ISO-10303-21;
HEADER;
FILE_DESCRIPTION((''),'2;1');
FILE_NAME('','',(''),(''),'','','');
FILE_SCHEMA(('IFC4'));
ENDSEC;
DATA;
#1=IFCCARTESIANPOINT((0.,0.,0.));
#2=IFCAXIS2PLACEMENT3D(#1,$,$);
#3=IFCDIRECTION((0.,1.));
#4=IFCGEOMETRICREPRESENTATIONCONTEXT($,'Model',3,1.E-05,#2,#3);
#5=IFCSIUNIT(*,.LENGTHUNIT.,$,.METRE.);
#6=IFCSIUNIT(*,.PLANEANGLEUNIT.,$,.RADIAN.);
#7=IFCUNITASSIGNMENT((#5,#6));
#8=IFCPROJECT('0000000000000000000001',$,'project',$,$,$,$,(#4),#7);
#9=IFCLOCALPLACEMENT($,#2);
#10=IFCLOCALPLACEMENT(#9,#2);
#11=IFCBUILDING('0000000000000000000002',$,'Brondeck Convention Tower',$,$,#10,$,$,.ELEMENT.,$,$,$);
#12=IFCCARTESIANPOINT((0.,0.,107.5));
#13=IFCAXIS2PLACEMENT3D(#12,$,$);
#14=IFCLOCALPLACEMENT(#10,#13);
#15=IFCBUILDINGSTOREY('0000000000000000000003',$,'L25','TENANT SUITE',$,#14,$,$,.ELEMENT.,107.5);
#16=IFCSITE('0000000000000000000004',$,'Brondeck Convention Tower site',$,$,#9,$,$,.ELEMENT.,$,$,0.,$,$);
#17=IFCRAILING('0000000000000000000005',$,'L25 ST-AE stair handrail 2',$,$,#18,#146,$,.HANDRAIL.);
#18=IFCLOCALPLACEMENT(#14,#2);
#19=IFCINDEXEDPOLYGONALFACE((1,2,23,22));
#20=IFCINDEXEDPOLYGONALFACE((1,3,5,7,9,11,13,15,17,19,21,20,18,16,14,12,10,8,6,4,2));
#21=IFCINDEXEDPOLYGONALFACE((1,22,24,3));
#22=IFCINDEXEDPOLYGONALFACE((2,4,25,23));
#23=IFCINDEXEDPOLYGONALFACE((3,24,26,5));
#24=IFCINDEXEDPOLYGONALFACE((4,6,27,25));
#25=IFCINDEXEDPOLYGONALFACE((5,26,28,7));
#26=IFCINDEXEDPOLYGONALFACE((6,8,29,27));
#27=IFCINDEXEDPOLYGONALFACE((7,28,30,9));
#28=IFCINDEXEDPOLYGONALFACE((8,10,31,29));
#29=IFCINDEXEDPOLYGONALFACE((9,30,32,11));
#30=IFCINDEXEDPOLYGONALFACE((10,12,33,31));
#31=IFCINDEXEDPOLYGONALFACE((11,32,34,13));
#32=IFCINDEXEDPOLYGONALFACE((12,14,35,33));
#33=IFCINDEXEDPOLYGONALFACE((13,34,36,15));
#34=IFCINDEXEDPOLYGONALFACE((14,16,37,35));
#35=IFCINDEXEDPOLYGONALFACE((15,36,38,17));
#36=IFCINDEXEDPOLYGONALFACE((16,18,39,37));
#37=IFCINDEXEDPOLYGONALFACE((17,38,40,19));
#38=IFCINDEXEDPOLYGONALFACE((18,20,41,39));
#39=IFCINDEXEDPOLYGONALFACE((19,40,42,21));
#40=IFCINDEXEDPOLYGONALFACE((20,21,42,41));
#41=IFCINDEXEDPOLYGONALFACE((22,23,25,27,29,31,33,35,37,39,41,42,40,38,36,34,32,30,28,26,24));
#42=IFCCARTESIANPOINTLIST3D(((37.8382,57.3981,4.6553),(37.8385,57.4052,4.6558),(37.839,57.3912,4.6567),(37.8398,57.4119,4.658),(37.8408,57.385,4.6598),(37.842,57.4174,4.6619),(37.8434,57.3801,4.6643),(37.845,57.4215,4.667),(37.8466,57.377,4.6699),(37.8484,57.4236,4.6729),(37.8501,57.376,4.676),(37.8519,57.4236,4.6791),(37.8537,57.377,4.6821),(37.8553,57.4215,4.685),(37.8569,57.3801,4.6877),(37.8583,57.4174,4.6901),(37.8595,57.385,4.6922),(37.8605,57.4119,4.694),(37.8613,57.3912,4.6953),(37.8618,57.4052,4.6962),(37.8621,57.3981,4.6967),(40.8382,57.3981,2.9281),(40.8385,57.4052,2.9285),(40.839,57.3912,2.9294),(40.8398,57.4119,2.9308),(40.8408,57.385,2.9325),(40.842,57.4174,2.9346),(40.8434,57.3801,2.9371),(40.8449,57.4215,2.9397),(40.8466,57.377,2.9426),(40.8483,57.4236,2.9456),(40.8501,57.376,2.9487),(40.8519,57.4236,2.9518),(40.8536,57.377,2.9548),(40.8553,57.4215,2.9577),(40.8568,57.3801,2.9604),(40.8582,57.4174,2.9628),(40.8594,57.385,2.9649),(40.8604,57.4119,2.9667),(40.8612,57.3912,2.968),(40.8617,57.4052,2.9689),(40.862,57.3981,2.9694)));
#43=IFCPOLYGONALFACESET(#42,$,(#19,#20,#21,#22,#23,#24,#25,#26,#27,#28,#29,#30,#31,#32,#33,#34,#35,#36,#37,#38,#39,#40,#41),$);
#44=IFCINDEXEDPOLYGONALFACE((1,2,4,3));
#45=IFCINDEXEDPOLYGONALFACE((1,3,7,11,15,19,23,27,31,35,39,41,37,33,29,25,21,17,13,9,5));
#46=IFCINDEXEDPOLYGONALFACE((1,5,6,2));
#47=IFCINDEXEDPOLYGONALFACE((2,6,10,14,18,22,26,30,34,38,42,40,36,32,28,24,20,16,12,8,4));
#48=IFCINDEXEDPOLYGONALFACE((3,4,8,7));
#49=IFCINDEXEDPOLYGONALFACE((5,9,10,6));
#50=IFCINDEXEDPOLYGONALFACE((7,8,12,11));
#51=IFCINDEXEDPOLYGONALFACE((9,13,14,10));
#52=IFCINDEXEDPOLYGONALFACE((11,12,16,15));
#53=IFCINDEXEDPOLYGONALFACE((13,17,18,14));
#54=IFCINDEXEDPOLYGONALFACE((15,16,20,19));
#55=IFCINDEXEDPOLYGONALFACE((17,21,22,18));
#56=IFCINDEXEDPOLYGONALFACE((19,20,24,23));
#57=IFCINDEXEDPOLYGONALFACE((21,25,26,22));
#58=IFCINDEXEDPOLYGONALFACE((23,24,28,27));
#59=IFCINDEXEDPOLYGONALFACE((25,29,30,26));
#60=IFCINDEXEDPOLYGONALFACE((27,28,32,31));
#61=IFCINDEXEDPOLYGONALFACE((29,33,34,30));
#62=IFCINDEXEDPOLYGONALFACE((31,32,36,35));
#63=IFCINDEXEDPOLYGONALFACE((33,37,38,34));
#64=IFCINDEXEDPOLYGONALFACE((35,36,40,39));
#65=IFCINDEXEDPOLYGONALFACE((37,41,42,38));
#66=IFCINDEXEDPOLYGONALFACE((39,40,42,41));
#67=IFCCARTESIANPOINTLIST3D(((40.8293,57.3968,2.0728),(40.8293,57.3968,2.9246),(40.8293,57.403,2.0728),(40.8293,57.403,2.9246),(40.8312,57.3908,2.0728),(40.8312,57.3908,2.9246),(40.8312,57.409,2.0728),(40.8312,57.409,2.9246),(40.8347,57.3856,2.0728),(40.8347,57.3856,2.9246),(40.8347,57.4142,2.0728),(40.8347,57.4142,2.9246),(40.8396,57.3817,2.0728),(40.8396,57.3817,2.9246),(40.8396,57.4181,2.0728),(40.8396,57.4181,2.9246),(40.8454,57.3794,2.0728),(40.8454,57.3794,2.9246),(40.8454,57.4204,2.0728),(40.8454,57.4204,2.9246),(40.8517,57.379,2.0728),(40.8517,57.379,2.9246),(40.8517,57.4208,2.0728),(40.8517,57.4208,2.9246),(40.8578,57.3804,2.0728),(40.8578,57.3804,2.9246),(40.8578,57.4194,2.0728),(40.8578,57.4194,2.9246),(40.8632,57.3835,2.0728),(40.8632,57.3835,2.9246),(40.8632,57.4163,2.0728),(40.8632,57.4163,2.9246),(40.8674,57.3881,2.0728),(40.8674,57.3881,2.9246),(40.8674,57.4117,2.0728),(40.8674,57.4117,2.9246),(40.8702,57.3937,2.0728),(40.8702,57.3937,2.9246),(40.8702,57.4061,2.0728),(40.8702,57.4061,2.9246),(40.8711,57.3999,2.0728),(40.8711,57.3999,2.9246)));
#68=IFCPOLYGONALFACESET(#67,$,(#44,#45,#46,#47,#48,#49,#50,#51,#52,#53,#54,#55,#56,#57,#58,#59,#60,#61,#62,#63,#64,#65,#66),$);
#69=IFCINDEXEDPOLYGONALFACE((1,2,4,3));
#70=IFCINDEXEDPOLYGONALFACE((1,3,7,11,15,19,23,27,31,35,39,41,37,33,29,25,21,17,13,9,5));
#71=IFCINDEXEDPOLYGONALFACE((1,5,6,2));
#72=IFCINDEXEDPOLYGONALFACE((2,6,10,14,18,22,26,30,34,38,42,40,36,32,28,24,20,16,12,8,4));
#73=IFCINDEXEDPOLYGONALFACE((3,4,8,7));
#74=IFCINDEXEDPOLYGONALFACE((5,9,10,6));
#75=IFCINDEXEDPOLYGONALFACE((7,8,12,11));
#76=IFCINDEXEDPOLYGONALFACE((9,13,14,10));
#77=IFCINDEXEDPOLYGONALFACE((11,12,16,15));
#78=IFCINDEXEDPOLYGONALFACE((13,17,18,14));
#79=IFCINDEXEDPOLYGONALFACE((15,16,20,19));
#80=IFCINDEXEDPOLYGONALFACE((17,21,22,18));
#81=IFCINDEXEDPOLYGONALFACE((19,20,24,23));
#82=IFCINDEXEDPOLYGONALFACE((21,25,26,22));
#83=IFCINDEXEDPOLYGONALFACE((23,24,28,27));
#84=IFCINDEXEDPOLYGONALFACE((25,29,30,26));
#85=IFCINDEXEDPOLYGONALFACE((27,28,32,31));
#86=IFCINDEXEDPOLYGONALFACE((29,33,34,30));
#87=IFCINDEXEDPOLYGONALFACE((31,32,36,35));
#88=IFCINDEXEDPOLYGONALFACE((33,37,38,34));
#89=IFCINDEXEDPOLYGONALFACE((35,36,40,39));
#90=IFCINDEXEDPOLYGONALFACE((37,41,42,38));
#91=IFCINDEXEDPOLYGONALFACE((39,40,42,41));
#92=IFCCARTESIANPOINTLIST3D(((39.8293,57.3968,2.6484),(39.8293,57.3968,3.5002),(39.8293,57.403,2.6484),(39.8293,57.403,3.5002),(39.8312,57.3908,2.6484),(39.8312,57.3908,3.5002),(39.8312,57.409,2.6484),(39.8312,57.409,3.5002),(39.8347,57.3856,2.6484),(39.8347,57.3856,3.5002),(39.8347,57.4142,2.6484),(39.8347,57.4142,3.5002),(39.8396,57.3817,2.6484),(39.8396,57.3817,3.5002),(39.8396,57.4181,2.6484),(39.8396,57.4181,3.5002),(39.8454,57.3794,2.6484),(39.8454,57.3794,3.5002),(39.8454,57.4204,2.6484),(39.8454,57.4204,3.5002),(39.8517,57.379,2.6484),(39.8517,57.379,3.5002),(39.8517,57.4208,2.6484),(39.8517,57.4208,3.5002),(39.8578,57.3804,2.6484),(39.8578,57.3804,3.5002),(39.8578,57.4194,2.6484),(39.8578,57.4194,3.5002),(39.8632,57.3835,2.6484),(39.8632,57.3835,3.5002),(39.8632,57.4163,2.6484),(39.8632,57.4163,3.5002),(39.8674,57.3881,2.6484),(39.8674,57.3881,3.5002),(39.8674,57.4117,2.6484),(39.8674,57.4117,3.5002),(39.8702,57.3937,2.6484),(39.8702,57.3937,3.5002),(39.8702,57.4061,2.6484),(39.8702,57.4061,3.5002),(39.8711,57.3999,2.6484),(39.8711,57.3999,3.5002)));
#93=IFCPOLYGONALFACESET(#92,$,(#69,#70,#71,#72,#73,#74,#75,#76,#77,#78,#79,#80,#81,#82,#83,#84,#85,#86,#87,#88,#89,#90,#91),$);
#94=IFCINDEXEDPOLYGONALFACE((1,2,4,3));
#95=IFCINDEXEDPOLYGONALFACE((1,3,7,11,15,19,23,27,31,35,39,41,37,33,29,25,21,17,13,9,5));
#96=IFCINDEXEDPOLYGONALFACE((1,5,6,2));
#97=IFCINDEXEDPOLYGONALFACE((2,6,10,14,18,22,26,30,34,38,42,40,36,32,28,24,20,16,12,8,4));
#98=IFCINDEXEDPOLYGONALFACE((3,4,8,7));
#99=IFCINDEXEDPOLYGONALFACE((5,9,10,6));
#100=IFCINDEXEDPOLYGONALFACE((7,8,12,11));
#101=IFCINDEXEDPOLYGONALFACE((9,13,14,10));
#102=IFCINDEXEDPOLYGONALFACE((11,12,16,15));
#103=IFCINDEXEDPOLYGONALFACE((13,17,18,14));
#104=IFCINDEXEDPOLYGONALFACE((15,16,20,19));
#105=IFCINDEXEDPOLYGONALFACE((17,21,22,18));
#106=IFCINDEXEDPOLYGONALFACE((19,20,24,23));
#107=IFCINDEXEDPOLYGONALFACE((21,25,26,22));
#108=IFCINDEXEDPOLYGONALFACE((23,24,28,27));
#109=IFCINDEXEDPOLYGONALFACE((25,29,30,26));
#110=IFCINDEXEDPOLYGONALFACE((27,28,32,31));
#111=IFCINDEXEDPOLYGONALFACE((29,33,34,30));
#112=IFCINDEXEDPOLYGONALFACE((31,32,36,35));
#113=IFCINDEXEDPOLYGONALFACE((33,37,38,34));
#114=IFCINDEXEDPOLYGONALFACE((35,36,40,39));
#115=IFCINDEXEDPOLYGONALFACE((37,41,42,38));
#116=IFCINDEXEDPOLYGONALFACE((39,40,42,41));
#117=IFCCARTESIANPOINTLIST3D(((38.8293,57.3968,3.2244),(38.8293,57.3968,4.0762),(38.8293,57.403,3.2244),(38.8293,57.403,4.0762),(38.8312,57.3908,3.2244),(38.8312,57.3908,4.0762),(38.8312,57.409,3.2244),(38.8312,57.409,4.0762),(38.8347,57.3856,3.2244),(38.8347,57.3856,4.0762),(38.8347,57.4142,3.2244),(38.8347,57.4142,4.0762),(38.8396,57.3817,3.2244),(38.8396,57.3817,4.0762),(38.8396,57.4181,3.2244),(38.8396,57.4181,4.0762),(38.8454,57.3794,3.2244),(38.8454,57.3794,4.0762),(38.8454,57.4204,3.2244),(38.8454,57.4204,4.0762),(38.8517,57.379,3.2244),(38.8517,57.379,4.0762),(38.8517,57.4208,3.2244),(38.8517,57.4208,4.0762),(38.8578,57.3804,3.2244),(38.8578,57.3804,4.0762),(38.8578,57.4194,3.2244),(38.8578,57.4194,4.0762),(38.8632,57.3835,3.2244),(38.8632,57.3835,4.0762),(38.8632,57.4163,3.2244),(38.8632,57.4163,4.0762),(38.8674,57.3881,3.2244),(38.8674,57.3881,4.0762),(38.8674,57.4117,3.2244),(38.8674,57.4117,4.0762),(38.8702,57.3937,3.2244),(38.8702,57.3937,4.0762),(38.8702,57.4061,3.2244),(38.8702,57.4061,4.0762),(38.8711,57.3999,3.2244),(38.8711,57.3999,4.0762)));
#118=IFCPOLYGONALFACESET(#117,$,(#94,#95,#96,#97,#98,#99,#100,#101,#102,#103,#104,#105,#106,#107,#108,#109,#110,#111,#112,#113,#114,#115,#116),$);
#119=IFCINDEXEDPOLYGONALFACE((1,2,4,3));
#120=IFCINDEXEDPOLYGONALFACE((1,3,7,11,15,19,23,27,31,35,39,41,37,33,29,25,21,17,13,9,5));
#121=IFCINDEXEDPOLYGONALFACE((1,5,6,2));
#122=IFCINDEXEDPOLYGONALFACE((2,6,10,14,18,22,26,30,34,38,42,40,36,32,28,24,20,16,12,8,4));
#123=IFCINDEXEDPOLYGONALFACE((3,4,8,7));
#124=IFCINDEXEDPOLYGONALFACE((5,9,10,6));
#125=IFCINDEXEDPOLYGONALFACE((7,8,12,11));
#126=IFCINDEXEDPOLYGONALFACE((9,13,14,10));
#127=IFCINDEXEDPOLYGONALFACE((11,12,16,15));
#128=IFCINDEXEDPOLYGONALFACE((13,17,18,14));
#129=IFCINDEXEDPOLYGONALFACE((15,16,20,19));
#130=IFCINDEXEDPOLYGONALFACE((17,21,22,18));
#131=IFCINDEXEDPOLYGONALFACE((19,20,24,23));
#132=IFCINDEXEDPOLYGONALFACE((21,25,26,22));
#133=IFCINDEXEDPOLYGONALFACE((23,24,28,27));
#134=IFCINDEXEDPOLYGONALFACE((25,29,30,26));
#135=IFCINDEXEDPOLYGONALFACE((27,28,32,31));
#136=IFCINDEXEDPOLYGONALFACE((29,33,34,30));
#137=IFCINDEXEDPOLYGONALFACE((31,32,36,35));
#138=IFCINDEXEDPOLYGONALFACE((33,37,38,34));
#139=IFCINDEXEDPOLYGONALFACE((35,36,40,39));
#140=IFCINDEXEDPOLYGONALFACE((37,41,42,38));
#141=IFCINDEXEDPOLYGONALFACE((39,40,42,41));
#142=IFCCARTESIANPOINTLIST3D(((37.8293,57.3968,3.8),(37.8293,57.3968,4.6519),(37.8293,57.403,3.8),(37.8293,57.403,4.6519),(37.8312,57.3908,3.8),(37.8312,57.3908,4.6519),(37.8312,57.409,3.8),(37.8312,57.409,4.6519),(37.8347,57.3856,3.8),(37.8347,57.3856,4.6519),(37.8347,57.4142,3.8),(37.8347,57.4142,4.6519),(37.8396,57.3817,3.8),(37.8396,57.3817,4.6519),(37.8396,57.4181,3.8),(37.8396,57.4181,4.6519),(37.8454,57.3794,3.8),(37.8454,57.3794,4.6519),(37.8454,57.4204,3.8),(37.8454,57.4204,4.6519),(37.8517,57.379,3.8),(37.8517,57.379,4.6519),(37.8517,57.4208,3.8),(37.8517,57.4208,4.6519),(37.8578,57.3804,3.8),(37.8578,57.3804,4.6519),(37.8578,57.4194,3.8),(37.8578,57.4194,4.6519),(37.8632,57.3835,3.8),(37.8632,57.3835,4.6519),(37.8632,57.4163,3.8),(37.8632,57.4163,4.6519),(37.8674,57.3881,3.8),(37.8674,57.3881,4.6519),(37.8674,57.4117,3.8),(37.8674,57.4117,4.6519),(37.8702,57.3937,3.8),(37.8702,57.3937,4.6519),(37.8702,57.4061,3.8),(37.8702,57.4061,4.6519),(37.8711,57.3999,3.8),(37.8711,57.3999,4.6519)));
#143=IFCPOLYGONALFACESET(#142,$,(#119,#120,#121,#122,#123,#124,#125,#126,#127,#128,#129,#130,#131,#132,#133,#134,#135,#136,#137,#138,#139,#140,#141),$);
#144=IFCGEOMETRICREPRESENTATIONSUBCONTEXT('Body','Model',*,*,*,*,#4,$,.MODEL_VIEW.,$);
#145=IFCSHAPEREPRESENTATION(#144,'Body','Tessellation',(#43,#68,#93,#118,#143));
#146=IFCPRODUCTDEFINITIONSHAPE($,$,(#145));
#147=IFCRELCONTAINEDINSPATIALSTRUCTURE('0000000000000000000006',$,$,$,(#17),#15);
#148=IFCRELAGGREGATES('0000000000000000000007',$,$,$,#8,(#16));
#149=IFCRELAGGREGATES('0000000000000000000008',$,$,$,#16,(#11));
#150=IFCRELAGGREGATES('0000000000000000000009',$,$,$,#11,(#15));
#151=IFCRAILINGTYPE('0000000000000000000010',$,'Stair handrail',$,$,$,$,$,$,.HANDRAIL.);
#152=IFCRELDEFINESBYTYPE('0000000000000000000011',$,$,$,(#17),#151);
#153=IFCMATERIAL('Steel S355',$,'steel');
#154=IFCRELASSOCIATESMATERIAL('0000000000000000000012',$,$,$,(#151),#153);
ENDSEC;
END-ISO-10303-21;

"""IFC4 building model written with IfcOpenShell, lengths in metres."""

from ifc_helpers import new_model, si_unit, direction, frame, origin, origin_2d, place, context, subcontext, project, spatial, circle, extrude, material, type_object, element, save


model = new_model("IFC4")

# Units and contexts
model_context = context("Model", 3, precision=1e-05, world=origin(), true_north=direction((0.0, 1.0)))
body_context = subcontext(model_context, "Body", "Model", "MODEL_VIEW")
ifc_project = project(units=[si_unit("LENGTHUNIT", "METRE"), si_unit("PLANEANGLEUNIT", "RADIAN")], contexts=[model_context])

# Site, building, storey
site_placement = place(None, origin())
site = spatial("IfcSite", under=ifc_project, at=site_placement, Name="Brondeck Convention Tower site", CompositionType="ELEMENT", RefElevation=0.0)
building_placement = place(site_placement, origin())
building = spatial("IfcBuilding", under=site, at=building_placement, Name="Brondeck Convention Tower", CompositionType="ELEMENT")
storey_placement = place(building_placement, frame((0.0, 0.0, 107.5)))
storey = spatial("IfcBuildingStorey", under=building, at=storey_placement, Name="L25", Description="TENANT SUITE", CompositionType="ELEMENT", Elevation=107.5)

# Shared definitions
ifc_material_1 = material(Name="Steel S355", Category="steel")

# Railing
railing_type_1 = type_object("IfcRailingType", Name="Stair handrail", PredefinedType="HANDRAIL", material=ifc_material_1)
railing_1_placement = place(storey_placement, frame((40.8501, 57.3999, 2.0728)))
element("IfcRailing", 1, at=railing_1_placement, inside=storey, type_object=railing_type_1, Name="L25 ST-AE stair handrail 2", PredefinedType="HANDRAIL", context=body_context, shape_type="SweptSolid", body=[
    extrude(circle(Radius=0.0239, at=origin_2d()), frame((0.0, 0.0, 0.876), z_axis=(-0.86662, 0.0, 0.498969), x_axis=(0.0, -1.0, 0.0)), (0.0, 0.0, 1.0), 3.4617),
    extrude(circle(Radius=0.021, at=origin_2d()), origin(), (0.0, 0.0, 1.0), 0.8518),
    extrude(circle(Radius=0.021, at=origin_2d()), frame((-1.0, 0.0, 0.5757)), (0.0, 0.0, 1.0), 0.8518),
    extrude(circle(Radius=0.021, at=origin_2d()), frame((-2.0, 0.0, 1.1516)), (0.0, 0.0, 1.0), 0.8518),
    extrude(circle(Radius=0.021, at=origin_2d()), frame((-3.0, 0.0, 1.7273)), (0.0, 0.0, 1.0), 0.8518),
])

save(model, "model.ifc")
